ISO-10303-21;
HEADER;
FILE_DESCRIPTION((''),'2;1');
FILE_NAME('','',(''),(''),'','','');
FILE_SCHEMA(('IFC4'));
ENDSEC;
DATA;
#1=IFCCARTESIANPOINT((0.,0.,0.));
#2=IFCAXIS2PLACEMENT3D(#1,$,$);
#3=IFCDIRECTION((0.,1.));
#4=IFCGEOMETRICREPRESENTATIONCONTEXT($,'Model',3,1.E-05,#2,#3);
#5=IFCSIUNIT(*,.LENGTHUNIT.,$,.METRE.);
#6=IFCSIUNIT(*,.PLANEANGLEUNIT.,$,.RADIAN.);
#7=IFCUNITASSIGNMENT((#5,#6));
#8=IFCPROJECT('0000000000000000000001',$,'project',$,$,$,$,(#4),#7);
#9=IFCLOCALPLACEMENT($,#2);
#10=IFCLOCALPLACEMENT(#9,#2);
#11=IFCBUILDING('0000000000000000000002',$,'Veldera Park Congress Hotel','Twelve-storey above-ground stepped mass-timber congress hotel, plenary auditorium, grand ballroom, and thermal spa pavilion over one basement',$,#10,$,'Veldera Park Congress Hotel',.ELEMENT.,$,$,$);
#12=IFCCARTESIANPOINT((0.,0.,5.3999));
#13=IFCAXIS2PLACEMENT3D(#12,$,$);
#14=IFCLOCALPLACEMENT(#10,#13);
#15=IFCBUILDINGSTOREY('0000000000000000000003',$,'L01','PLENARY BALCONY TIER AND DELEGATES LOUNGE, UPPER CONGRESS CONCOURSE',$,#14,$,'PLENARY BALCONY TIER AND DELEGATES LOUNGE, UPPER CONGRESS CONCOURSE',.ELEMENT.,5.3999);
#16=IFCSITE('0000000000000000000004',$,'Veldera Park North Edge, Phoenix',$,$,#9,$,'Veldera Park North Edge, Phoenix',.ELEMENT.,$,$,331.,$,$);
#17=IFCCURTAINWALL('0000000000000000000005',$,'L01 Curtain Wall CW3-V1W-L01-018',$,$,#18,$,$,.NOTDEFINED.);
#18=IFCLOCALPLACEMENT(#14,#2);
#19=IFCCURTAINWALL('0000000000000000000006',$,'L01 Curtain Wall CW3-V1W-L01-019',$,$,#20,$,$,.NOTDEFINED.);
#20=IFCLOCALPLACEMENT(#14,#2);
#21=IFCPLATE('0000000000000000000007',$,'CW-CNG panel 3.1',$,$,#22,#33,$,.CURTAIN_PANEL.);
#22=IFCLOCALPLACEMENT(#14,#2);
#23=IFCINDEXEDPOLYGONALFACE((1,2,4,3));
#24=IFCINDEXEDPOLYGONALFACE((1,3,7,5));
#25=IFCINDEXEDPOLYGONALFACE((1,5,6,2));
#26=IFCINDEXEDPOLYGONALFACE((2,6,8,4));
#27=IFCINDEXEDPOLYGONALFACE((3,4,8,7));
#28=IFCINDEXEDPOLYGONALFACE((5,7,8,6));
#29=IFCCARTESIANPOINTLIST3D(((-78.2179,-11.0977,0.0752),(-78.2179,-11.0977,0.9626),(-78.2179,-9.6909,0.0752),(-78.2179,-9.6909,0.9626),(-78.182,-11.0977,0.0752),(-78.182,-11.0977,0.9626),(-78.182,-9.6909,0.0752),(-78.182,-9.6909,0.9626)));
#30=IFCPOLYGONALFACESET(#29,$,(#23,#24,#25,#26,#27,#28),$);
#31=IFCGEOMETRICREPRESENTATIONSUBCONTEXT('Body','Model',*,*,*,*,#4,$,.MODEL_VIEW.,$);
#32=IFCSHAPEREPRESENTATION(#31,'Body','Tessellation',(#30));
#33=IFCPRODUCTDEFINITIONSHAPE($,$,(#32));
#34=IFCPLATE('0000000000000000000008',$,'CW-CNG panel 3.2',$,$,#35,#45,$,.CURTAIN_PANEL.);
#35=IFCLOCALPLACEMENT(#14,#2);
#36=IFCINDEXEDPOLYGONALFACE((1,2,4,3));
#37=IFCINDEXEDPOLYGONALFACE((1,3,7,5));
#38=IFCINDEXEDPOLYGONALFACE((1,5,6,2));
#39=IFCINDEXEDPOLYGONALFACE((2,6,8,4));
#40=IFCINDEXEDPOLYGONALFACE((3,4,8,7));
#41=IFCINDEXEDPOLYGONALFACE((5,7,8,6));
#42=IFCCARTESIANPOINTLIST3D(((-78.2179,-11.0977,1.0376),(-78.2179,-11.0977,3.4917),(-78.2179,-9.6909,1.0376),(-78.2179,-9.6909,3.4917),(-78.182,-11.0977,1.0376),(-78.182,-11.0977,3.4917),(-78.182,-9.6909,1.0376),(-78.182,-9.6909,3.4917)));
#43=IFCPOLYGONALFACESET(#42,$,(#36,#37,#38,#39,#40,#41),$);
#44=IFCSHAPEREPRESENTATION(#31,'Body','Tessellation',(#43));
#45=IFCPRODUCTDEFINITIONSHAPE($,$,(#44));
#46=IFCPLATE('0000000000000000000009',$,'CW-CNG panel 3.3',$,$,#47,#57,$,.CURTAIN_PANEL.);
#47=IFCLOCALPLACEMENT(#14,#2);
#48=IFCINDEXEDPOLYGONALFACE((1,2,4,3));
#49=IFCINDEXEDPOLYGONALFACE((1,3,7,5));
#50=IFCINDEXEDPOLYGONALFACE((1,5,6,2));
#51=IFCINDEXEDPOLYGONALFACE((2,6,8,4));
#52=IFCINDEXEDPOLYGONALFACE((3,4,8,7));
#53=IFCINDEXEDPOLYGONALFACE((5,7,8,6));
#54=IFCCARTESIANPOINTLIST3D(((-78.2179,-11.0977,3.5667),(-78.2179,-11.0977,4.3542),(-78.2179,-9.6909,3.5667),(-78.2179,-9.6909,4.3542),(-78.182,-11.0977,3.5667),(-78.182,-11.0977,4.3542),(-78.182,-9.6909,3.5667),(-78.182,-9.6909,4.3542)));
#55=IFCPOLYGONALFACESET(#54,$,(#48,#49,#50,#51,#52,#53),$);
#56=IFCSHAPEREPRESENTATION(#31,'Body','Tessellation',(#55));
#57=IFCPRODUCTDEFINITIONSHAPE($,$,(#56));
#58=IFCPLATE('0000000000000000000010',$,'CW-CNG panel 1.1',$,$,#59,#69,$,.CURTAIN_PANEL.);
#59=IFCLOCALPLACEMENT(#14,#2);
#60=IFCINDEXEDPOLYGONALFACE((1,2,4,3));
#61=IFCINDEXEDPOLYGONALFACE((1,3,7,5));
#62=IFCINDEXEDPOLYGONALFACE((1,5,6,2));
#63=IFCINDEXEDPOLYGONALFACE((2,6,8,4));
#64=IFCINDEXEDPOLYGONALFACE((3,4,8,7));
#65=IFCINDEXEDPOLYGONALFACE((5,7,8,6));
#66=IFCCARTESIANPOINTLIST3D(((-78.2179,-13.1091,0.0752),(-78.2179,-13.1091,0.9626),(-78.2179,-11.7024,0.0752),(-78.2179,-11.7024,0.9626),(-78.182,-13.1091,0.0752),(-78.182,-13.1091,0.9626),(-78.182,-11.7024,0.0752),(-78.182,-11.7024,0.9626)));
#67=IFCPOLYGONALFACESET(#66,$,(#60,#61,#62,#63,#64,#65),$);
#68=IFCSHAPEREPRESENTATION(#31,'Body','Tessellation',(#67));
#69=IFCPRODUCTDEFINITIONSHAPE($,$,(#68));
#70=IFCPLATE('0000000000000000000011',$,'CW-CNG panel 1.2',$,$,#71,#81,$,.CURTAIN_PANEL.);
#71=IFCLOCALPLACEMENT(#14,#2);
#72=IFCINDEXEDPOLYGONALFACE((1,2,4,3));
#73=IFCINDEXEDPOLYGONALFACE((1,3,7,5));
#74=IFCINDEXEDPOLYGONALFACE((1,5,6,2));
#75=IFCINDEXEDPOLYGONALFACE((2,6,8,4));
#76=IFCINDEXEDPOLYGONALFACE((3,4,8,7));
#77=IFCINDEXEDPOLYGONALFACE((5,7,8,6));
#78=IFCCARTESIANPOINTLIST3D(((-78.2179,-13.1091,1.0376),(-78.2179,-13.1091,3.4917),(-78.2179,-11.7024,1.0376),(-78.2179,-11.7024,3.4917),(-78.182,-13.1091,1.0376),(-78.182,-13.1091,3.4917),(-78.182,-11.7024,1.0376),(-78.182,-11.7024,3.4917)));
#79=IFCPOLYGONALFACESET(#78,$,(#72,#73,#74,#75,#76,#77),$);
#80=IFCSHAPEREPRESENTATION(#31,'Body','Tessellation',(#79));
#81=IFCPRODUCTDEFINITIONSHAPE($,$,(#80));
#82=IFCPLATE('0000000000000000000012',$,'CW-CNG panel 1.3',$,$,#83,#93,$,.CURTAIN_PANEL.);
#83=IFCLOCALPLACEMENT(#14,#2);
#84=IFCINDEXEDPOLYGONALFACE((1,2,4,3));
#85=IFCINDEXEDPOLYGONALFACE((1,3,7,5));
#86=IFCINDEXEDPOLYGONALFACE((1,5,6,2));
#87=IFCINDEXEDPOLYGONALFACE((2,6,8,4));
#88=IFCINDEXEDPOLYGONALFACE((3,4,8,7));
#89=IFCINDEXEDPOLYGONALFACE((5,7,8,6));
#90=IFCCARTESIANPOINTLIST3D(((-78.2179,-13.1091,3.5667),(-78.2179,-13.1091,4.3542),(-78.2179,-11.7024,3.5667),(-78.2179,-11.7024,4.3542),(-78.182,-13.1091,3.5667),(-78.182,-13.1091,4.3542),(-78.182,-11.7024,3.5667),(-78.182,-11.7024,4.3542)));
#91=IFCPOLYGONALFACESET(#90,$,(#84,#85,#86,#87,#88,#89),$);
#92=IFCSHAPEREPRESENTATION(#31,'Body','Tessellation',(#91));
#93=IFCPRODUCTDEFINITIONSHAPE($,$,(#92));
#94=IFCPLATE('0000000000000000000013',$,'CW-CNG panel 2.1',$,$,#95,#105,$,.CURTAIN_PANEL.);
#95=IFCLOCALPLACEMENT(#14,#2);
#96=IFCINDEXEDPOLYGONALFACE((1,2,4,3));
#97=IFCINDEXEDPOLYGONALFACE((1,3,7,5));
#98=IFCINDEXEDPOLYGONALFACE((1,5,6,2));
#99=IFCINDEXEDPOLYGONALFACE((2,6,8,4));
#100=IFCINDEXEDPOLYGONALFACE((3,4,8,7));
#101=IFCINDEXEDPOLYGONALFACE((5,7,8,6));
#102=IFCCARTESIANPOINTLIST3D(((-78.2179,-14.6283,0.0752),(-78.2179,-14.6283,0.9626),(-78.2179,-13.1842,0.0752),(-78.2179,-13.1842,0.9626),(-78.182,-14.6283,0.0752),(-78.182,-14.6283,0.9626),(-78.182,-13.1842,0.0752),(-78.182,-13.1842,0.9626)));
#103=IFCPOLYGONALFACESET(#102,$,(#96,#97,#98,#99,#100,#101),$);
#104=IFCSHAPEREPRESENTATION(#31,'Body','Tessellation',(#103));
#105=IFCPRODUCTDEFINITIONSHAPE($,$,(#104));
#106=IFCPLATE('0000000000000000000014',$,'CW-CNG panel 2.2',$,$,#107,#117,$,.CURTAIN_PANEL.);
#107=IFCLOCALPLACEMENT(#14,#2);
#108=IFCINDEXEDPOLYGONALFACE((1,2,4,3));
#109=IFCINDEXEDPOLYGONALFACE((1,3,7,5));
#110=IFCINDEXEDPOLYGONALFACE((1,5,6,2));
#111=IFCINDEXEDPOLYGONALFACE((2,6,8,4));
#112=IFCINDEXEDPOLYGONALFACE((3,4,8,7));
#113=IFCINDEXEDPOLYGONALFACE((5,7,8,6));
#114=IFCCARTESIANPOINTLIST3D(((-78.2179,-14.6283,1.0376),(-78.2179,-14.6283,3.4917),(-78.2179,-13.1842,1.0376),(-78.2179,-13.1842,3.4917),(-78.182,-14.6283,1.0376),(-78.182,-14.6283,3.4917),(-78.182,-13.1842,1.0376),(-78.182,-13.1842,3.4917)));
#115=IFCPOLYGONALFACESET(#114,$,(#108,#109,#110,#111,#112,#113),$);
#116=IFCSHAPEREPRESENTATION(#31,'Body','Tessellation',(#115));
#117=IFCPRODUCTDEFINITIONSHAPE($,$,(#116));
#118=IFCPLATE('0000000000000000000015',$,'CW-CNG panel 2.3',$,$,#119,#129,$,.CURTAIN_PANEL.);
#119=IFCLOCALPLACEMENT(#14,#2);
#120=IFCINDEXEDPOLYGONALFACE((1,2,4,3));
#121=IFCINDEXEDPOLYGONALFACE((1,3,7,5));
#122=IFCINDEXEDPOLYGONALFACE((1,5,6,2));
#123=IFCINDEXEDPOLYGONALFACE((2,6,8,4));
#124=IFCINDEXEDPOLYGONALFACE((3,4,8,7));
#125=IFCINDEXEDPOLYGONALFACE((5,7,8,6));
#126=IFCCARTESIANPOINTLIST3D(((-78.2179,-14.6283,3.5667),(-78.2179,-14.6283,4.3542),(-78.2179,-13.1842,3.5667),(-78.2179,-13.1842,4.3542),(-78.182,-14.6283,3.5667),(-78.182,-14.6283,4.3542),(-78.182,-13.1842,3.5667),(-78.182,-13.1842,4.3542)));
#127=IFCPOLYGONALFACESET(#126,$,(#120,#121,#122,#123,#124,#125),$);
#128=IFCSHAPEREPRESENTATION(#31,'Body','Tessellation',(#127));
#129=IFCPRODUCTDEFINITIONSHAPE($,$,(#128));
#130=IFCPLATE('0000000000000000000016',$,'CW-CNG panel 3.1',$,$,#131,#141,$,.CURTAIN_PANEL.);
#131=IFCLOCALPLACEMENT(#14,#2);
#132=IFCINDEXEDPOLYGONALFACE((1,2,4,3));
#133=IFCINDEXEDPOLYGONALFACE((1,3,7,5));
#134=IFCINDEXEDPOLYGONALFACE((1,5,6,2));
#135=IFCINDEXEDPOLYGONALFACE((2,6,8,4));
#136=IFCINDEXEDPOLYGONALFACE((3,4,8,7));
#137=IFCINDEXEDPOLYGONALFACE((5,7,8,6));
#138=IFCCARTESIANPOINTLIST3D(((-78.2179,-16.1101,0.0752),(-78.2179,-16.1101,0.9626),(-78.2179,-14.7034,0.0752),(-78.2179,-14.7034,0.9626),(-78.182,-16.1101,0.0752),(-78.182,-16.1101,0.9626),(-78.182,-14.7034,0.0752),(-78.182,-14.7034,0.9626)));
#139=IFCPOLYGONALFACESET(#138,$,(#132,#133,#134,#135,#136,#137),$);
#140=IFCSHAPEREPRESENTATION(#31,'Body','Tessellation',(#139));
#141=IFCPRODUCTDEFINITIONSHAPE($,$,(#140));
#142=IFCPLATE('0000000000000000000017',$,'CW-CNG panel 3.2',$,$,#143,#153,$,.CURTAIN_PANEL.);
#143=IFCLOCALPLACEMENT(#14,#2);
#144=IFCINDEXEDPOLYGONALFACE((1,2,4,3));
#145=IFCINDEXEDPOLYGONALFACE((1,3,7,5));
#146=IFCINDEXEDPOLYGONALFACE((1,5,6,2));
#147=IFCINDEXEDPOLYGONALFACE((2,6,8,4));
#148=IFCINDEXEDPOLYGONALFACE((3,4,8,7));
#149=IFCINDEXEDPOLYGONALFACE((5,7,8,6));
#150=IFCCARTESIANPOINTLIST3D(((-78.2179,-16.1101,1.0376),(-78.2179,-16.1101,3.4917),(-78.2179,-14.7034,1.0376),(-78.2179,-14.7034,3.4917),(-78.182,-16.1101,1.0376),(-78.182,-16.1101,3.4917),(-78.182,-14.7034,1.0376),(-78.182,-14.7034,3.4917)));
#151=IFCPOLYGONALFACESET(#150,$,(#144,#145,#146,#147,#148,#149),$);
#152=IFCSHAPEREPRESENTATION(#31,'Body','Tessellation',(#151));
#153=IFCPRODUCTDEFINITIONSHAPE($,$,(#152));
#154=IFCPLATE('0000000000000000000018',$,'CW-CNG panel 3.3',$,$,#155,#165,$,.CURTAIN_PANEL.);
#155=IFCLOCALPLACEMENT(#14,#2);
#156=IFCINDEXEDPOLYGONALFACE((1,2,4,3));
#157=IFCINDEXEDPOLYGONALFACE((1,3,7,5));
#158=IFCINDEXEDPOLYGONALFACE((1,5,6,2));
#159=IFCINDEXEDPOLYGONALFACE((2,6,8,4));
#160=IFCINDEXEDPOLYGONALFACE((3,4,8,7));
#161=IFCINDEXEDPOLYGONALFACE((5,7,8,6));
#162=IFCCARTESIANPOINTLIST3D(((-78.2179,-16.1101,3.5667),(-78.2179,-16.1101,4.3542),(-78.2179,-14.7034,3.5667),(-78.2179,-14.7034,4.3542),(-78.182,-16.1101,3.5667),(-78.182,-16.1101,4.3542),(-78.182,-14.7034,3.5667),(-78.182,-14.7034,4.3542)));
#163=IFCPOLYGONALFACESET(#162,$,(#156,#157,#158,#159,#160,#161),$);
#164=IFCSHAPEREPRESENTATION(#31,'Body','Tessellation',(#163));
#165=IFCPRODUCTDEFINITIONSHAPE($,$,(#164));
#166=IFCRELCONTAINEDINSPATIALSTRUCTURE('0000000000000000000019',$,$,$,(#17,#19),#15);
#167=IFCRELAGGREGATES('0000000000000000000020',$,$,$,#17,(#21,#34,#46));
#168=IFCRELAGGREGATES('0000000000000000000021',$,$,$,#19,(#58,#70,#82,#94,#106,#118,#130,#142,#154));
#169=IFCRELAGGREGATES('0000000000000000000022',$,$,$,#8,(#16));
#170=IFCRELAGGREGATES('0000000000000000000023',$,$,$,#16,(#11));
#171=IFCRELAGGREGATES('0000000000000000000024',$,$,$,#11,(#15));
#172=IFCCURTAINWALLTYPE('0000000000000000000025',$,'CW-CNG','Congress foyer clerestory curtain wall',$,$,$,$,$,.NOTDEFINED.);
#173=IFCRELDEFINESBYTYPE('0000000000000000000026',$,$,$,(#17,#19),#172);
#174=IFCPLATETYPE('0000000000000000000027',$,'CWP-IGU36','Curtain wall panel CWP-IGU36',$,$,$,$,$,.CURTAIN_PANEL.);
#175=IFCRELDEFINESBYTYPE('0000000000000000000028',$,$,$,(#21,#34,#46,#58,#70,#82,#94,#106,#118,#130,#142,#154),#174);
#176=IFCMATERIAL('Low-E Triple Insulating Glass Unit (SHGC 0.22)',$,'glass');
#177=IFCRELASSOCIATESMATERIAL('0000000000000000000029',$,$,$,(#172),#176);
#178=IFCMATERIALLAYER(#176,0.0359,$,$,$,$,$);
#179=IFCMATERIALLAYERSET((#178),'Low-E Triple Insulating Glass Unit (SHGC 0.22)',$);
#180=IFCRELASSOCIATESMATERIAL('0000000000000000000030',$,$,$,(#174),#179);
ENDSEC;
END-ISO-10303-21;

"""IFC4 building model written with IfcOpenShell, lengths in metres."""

from ifc_helpers import new_model, si_unit, direction, frame, origin, origin_2d, place, context, subcontext, project, spatial, rectangle, extrude, material, layer, layer_set, type_object, element, aggregate, save


model = new_model("IFC4")

# Units and contexts
model_context = context("Model", 3, precision=1e-05, world=origin(), true_north=direction((0.0, 1.0)))
body_context = subcontext(model_context, "Body", "Model", "MODEL_VIEW")
ifc_project = project(units=[si_unit("LENGTHUNIT", "METRE"), si_unit("PLANEANGLEUNIT", "RADIAN")], contexts=[model_context])

# Site, building, storey
site_placement = place(None, origin())
site = spatial("IfcSite", under=ifc_project, at=site_placement, Name="Veldera Park North Edge, Phoenix", LongName="Veldera Park North Edge, Phoenix", CompositionType="ELEMENT", RefElevation=331.0)
building_placement = place(site_placement, origin())
building = spatial("IfcBuilding", under=site, at=building_placement, Name="Veldera Park Congress Hotel", Description="Twelve-storey above-ground stepped mass-timber congress hotel, plenary auditorium, grand ballroom, and thermal spa pavilion over one basement", LongName="Veldera Park Congress Hotel", CompositionType="ELEMENT")
storey_placement = place(building_placement, frame((0.0, 0.0, 5.3999)))
storey = spatial("IfcBuildingStorey", under=building, at=storey_placement, Name="L01", Description="PLENARY BALCONY TIER AND DELEGATES LOUNGE, UPPER CONGRESS CONCOURSE", LongName="PLENARY BALCONY TIER AND DELEGATES LOUNGE, UPPER CONGRESS CONCOURSE", CompositionType="ELEMENT", Elevation=5.3999)

# Curtain wall
ifc_material_1 = material(Name="Low-E Triple Insulating Glass Unit (SHGC 0.22)", Category="glass")
curtain_wall_type = type_object("IfcCurtainWallType", Name="CW-CNG", Description="Congress foyer clerestory curtain wall", PredefinedType="NOTDEFINED", material=ifc_material_1)
curtain_wall_1_placement = place(storey_placement, origin())
curtain_wall_1 = element("IfcCurtainWall", 1, at=curtain_wall_1_placement, inside=storey, type_object=curtain_wall_type, Name="L01 Curtain Wall CW3-V1W-L01-018", PredefinedType="NOTDEFINED")

# Curtain wall
curtain_wall_2_placement = place(storey_placement, origin())
curtain_wall_2 = element("IfcCurtainWall", 2, at=curtain_wall_2_placement, inside=storey, type_object=curtain_wall_type, Name="L01 Curtain Wall CW3-V1W-L01-019", PredefinedType="NOTDEFINED")

# Plates
ifc_layer = layer(ifc_material_1, 0.0359)
ifc_layer_set = layer_set([ifc_layer], Name="Low-E Triple Insulating Glass Unit (SHGC 0.22)")
plate_type = type_object("IfcPlateType", Name="CWP-IGU36", Description="Curtain wall panel CWP-IGU36", PredefinedType="CURTAIN_PANEL", material=ifc_layer_set)
plate_1_placement = place(storey_placement, frame((-78.2, -10.3943, 0.0752), z_axis=(0.0, 0.0, 1.0), x_axis=(0.0, -1.0, 0.0)))
plate_1 = element("IfcPlate", 3, at=plate_1_placement, type_object=plate_type, Name="CW-CNG panel 3.1", PredefinedType="CURTAIN_PANEL", context=body_context, shape_type="SweptSolid", body=[
    extrude(rectangle(XDim=1.4067, YDim=0.0359, at=origin_2d()), origin(), (0.0, 0.0, 1.0), 0.8875),
])
plate_2_placement = place(storey_placement, frame((-78.2, -10.3943, 1.0376), z_axis=(0.0, 0.0, 1.0), x_axis=(0.0, -1.0, 0.0)))
plate_2 = element("IfcPlate", 4, at=plate_2_placement, type_object=plate_type, Name="CW-CNG panel 3.2", PredefinedType="CURTAIN_PANEL", context=body_context, shape_type="SweptSolid", body=[
    extrude(rectangle(XDim=1.4067, YDim=0.0359, at=origin_2d()), origin(), (0.0, 0.0, 1.0), 2.4541),
])
plate_3_placement = place(storey_placement, frame((-78.2, -10.3943, 3.5667), z_axis=(0.0, 0.0, 1.0), x_axis=(0.0, -1.0, 0.0)))
plate_3 = element("IfcPlate", 5, at=plate_3_placement, type_object=plate_type, Name="CW-CNG panel 3.3", PredefinedType="CURTAIN_PANEL", context=body_context, shape_type="SweptSolid", body=[
    extrude(rectangle(XDim=1.4067, YDim=0.0359, at=origin_2d()), origin(), (0.0, 0.0, 1.0), 0.7876),
])
aggregate(curtain_wall_1, [plate_1, plate_2, plate_3])
plate_4_placement = place(storey_placement, frame((-78.2, -12.4058, 0.0752), z_axis=(0.0, 0.0, 1.0), x_axis=(0.0, -1.0, 0.0)))
plate_4 = element("IfcPlate", 6, at=plate_4_placement, type_object=plate_type, Name="CW-CNG panel 1.1", PredefinedType="CURTAIN_PANEL", context=body_context, shape_type="SweptSolid", body=[
    extrude(rectangle(XDim=1.4067, YDim=0.0359, at=origin_2d()), origin(), (0.0, 0.0, 1.0), 0.8875),
])
plate_5_placement = place(storey_placement, frame((-78.2, -12.4058, 1.0376), z_axis=(0.0, 0.0, 1.0), x_axis=(0.0, -1.0, 0.0)))
plate_5 = element("IfcPlate", 7, at=plate_5_placement, type_object=plate_type, Name="CW-CNG panel 1.2", PredefinedType="CURTAIN_PANEL", context=body_context, shape_type="SweptSolid", body=[
    extrude(rectangle(XDim=1.4067, YDim=0.0359, at=origin_2d()), origin(), (0.0, 0.0, 1.0), 2.4541),
])
plate_6_placement = place(storey_placement, frame((-78.2, -12.4058, 3.5667), z_axis=(0.0, 0.0, 1.0), x_axis=(0.0, -1.0, 0.0)))
plate_6 = element("IfcPlate", 8, at=plate_6_placement, type_object=plate_type, Name="CW-CNG panel 1.3", PredefinedType="CURTAIN_PANEL", context=body_context, shape_type="SweptSolid", body=[
    extrude(rectangle(XDim=1.4067, YDim=0.0359, at=origin_2d()), origin(), (0.0, 0.0, 1.0), 0.7876),
])
plate_7_placement = place(storey_placement, frame((-78.2, -13.9062, 0.0752), z_axis=(0.0, 0.0, 1.0), x_axis=(0.0, -1.0, 0.0)))
plate_7 = element("IfcPlate", 9, at=plate_7_placement, type_object=plate_type, Name="CW-CNG panel 2.1", PredefinedType="CURTAIN_PANEL", context=body_context, shape_type="SweptSolid", body=[
    extrude(rectangle(XDim=1.4441, YDim=0.0359, at=origin_2d()), origin(), (0.0, 0.0, 1.0), 0.8875),
])
plate_8_placement = place(storey_placement, frame((-78.2, -13.9062, 1.0376), z_axis=(0.0, 0.0, 1.0), x_axis=(0.0, -1.0, 0.0)))
plate_8 = element("IfcPlate", 10, at=plate_8_placement, type_object=plate_type, Name="CW-CNG panel 2.2", PredefinedType="CURTAIN_PANEL", context=body_context, shape_type="SweptSolid", body=[
    extrude(rectangle(XDim=1.4441, YDim=0.0359, at=origin_2d()), origin(), (0.0, 0.0, 1.0), 2.4541),
])
plate_9_placement = place(storey_placement, frame((-78.2, -13.9062, 3.5667), z_axis=(0.0, 0.0, 1.0), x_axis=(0.0, -1.0, 0.0)))
plate_9 = element("IfcPlate", 11, at=plate_9_placement, type_object=plate_type, Name="CW-CNG panel 2.3", PredefinedType="CURTAIN_PANEL", context=body_context, shape_type="SweptSolid", body=[
    extrude(rectangle(XDim=1.4441, YDim=0.0359, at=origin_2d()), origin(), (0.0, 0.0, 1.0), 0.7876),
])
plate_10_placement = place(storey_placement, frame((-78.2, -15.4067, 0.0752), z_axis=(0.0, 0.0, 1.0), x_axis=(0.0, -1.0, 0.0)))
plate_10 = element("IfcPlate", 12, at=plate_10_placement, type_object=plate_type, Name="CW-CNG panel 3.1", PredefinedType="CURTAIN_PANEL", context=body_context, shape_type="SweptSolid", body=[
    extrude(rectangle(XDim=1.4067, YDim=0.0359, at=origin_2d()), origin(), (0.0, 0.0, 1.0), 0.8875),
])
plate_11_placement = place(storey_placement, frame((-78.2, -15.4067, 1.0376), z_axis=(0.0, 0.0, 1.0), x_axis=(0.0, -1.0, 0.0)))
plate_11 = element("IfcPlate", 13, at=plate_11_placement, type_object=plate_type, Name="CW-CNG panel 3.2", PredefinedType="CURTAIN_PANEL", context=body_context, shape_type="SweptSolid", body=[
    extrude(rectangle(XDim=1.4067, YDim=0.0359, at=origin_2d()), origin(), (0.0, 0.0, 1.0), 2.4541),
])
plate_12_placement = place(storey_placement, frame((-78.2, -15.4067, 3.5667), z_axis=(0.0, 0.0, 1.0), x_axis=(0.0, -1.0, 0.0)))
plate_12 = element("IfcPlate", 14, at=plate_12_placement, type_object=plate_type, Name="CW-CNG panel 3.3", PredefinedType="CURTAIN_PANEL", context=body_context, shape_type="SweptSolid", body=[
    extrude(rectangle(XDim=1.4067, YDim=0.0359, at=origin_2d()), origin(), (0.0, 0.0, 1.0), 0.7876),
])
aggregate(curtain_wall_2, [plate_4, plate_5, plate_6, plate_7, plate_8, plate_9, plate_10, plate_11, plate_12])

save(model, "model.ifc")
